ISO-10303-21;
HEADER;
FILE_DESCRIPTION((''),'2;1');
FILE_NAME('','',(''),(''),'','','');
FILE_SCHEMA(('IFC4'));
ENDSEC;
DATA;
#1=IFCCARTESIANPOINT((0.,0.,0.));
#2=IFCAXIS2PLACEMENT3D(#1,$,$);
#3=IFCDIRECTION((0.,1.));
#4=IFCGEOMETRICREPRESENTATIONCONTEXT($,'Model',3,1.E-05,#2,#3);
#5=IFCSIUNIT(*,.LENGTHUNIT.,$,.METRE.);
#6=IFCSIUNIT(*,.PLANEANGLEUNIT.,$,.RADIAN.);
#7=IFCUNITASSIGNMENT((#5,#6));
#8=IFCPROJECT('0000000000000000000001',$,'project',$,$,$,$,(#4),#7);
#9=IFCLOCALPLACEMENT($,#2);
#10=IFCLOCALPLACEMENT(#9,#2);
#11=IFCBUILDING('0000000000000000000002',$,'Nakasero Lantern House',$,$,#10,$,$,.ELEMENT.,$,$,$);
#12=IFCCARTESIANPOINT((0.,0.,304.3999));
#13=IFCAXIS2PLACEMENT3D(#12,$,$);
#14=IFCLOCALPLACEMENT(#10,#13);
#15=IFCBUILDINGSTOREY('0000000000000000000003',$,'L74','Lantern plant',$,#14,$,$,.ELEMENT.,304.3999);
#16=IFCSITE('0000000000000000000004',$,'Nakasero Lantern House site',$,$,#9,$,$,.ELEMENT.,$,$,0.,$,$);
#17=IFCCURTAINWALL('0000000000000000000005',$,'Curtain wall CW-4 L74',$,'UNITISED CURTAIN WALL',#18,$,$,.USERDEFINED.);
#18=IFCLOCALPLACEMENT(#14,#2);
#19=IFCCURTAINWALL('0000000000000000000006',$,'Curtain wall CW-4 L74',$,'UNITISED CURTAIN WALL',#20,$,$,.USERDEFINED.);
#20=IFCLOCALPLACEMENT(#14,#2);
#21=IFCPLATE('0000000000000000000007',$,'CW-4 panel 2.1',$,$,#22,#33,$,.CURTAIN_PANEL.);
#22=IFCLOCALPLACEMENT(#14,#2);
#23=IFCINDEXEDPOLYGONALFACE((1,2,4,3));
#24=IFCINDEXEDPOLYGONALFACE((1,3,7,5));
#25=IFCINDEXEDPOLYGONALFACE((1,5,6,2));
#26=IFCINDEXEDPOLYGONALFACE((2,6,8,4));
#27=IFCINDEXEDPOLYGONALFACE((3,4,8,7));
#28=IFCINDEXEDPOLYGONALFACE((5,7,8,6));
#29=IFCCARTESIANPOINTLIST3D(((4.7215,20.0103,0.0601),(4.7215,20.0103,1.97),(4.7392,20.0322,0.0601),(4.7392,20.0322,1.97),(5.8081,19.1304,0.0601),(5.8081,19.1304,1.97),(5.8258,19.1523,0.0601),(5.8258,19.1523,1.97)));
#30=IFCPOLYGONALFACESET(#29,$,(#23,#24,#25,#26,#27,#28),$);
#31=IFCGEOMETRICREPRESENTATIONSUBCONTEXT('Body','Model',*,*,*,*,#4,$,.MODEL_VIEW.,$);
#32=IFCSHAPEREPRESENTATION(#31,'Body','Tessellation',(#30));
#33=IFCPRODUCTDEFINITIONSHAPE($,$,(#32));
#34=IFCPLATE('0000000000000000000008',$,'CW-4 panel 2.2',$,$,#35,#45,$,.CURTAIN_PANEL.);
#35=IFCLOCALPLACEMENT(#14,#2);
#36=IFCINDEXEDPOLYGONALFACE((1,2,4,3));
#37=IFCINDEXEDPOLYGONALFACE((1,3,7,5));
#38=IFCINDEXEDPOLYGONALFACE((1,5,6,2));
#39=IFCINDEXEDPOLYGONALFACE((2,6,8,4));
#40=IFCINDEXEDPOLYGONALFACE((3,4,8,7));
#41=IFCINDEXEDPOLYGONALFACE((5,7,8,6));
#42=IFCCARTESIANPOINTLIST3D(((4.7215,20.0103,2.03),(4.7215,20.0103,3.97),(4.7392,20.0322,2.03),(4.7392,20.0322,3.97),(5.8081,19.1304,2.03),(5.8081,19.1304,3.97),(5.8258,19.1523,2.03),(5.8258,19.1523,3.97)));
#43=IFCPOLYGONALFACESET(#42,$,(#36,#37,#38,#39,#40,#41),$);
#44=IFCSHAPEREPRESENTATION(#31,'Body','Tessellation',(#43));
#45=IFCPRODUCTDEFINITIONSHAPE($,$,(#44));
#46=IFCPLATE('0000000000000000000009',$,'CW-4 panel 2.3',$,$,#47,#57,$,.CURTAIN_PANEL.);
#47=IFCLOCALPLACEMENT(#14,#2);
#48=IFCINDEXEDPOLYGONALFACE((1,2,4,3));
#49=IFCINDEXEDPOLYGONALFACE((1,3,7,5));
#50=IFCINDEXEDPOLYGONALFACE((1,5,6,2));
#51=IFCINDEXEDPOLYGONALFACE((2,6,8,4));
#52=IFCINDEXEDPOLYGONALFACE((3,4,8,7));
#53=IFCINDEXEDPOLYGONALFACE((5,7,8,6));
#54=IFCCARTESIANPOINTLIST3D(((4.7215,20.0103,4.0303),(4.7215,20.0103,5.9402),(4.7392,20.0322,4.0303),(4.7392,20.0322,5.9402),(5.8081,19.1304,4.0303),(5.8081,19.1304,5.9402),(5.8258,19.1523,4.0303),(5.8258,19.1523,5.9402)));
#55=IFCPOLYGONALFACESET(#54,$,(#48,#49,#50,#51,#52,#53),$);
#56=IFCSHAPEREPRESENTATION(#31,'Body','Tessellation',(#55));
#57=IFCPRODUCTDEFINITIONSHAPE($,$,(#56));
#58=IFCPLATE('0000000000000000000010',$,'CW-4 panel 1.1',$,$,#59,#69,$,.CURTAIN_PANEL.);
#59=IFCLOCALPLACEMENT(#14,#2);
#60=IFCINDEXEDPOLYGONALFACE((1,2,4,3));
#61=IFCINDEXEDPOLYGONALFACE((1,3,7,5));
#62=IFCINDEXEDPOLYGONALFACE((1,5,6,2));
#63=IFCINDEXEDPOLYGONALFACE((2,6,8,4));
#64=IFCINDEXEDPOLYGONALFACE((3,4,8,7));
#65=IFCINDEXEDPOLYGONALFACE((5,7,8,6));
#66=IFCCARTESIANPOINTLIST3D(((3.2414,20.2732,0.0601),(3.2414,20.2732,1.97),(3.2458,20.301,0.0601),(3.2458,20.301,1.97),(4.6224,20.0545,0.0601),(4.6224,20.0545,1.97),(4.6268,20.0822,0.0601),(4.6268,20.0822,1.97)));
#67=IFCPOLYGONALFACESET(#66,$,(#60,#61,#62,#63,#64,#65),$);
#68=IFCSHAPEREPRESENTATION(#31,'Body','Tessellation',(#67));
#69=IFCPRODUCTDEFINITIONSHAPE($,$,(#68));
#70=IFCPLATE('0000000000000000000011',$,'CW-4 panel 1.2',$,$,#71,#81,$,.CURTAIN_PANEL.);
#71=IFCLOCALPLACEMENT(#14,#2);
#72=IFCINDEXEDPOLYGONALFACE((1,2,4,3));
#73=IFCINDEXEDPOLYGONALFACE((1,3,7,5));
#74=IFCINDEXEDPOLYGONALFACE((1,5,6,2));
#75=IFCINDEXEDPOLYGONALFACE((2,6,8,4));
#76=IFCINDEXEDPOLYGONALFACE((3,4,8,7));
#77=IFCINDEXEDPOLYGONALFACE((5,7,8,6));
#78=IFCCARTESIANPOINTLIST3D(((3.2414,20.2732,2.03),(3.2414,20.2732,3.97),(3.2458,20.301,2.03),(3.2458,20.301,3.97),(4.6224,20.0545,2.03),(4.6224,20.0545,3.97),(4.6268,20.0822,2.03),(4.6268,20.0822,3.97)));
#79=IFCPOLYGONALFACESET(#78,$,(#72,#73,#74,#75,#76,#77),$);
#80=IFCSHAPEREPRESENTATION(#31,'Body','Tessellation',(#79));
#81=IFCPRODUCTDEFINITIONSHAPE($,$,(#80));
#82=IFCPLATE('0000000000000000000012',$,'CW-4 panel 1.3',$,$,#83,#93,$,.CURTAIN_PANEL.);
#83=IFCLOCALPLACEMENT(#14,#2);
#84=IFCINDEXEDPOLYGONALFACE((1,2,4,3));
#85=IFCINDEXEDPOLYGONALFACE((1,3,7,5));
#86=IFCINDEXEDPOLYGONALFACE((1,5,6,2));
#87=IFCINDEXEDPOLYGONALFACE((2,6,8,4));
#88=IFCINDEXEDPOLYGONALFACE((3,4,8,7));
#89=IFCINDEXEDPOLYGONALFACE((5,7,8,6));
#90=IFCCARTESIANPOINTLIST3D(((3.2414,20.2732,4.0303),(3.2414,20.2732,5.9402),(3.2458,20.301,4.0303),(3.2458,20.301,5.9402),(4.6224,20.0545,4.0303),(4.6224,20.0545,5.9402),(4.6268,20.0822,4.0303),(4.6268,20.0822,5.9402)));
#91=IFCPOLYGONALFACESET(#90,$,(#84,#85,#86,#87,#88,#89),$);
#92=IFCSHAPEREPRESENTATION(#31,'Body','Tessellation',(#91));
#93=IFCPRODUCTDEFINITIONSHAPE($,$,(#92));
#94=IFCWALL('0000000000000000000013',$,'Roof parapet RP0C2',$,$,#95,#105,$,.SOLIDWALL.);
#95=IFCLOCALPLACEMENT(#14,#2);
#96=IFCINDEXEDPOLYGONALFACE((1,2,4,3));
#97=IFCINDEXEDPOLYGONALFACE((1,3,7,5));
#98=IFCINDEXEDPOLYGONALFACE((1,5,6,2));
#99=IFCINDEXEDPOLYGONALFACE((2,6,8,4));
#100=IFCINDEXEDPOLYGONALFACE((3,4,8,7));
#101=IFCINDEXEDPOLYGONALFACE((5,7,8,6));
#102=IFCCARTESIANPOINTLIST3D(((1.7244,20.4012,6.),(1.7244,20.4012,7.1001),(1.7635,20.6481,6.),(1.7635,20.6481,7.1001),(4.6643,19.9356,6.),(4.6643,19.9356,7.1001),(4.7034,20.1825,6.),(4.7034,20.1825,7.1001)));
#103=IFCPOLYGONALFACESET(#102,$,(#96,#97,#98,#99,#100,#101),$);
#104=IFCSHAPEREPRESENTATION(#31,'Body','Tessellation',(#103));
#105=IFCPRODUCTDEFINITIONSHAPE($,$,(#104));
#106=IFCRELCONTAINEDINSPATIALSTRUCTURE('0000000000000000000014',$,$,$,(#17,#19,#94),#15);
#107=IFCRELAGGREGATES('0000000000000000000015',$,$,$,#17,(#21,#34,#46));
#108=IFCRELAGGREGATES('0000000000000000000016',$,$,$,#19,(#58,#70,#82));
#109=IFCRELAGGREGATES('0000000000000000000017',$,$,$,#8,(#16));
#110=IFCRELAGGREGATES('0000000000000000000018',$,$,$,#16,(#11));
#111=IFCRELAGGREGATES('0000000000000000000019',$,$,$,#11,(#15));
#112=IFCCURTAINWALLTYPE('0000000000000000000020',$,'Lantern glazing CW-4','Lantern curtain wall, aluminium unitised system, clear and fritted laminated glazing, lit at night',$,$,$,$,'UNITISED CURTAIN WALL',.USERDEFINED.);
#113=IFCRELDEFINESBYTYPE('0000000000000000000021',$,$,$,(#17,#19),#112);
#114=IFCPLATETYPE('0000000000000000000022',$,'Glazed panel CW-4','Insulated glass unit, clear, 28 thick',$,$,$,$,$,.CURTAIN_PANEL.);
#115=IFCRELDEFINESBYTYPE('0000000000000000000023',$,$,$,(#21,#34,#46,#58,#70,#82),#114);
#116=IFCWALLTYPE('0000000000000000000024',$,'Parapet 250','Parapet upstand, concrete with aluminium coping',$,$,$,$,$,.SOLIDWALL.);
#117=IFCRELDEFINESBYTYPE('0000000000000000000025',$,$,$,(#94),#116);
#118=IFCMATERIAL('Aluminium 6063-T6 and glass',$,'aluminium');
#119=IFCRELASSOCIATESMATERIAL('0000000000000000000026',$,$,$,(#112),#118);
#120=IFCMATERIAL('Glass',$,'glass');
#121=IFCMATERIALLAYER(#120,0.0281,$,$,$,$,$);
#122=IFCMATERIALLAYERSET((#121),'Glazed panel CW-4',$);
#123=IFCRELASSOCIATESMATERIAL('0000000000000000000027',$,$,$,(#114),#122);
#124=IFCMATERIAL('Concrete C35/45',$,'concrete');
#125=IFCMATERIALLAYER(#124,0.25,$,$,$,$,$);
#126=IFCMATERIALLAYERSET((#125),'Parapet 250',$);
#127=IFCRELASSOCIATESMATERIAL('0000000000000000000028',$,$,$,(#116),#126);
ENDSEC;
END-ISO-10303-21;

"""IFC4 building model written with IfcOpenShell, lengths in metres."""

from ifc_helpers import new_model, si_unit, direction, frame, frame_2d, origin, origin_2d, place, context, subcontext, project, spatial, rectangle, extrude, material, layer, layer_set, type_object, element, aggregate, save


model = new_model("IFC4")

# Units and contexts
model_context = context("Model", 3, precision=1e-05, world=origin(), true_north=direction((0.0, 1.0)))
body_context = subcontext(model_context, "Body", "Model", "MODEL_VIEW")
ifc_project = project(units=[si_unit("LENGTHUNIT", "METRE"), si_unit("PLANEANGLEUNIT", "RADIAN")], contexts=[model_context])

# Site, building, storey
site_placement = place(None, origin())
site = spatial("IfcSite", under=ifc_project, at=site_placement, Name="Nakasero Lantern House site", CompositionType="ELEMENT", RefElevation=0.0)
building_placement = place(site_placement, origin())
building = spatial("IfcBuilding", under=site, at=building_placement, Name="Nakasero Lantern House", CompositionType="ELEMENT")
storey_placement = place(building_placement, frame((0.0, 0.0, 304.3999)))
storey = spatial("IfcBuildingStorey", under=building, at=storey_placement, Name="L74", Description="Lantern plant", CompositionType="ELEMENT", Elevation=304.3999)

# Curtain walls
ifc_material_1 = material(Name="Aluminium 6063-T6 and glass", Category="aluminium")
curtain_wall_type = type_object("IfcCurtainWallType", Name="Lantern glazing CW-4", Description="Lantern curtain wall, aluminium unitised system, clear and fritted laminated glazing, lit at night", ElementType="UNITISED CURTAIN WALL", PredefinedType="USERDEFINED", material=ifc_material_1)
curtain_wall_1_placement = place(storey_placement, origin())
curtain_wall_1 = element("IfcCurtainWall", 1, at=curtain_wall_1_placement, inside=storey, type_object=curtain_wall_type, Name="Curtain wall CW-4 L74", ObjectType="UNITISED CURTAIN WALL", PredefinedType="USERDEFINED")
curtain_wall_2_placement = place(storey_placement, origin())
curtain_wall_2 = element("IfcCurtainWall", 2, at=curtain_wall_2_placement, inside=storey, type_object=curtain_wall_type, Name="Curtain wall CW-4 L74", ObjectType="UNITISED CURTAIN WALL", PredefinedType="USERDEFINED")

# Plates
ifc_material_2 = material(Name="Glass", Category="glass")
ifc_layer_1 = layer(ifc_material_2, 0.0281)
ifc_layer_set_1 = layer_set([ifc_layer_1], Name="Glazed panel CW-4")
plate_type = type_object("IfcPlateType", Name="Glazed panel CW-4", Description="Insulated glass unit, clear, 28 thick", PredefinedType="CURTAIN_PANEL", material=ifc_layer_set_1)
plate_1_placement = place(storey_placement, frame((5.2737, 19.5813, 0.0601), z_axis=(0.0, 0.0, 1.0), x_axis=(-0.777146, 0.62932, 0.0)))
plate_1 = element("IfcPlate", 3, at=plate_1_placement, type_object=plate_type, Name="CW-4 panel 2.1", PredefinedType="CURTAIN_PANEL", context=body_context, shape_type="SweptSolid", body=[
    extrude(rectangle(XDim=1.3982, YDim=0.0281, at=origin_2d()), origin(), (0.0, 0.0, 1.0), 1.9099),
])
plate_2_placement = place(storey_placement, frame((5.2737, 19.5813, 2.03), z_axis=(0.0, 0.0, 1.0), x_axis=(-0.777146, 0.62932, 0.0)))
plate_2 = element("IfcPlate", 4, at=plate_2_placement, type_object=plate_type, Name="CW-4 panel 2.2", PredefinedType="CURTAIN_PANEL", context=body_context, shape_type="SweptSolid", body=[
    extrude(rectangle(XDim=1.3982, YDim=0.0281, at=origin_2d()), origin(), (0.0, 0.0, 1.0), 1.9399),
])
plate_3_placement = place(storey_placement, frame((5.2737, 19.5813, 4.0303), z_axis=(0.0, 0.0, 1.0), x_axis=(-0.777146, 0.62932, 0.0)))
plate_3 = element("IfcPlate", 5, at=plate_3_placement, type_object=plate_type, Name="CW-4 panel 2.3", PredefinedType="CURTAIN_PANEL", context=body_context, shape_type="SweptSolid", body=[
    extrude(rectangle(XDim=1.3982, YDim=0.0281, at=origin_2d()), origin(), (0.0, 0.0, 1.0), 1.9099),
])
aggregate(curtain_wall_1, [plate_1, plate_2, plate_3])
plate_4_placement = place(storey_placement, frame((3.9341, 20.1777, 0.0601), z_axis=(0.0, 0.0, 1.0), x_axis=(-0.987688, 0.156434, 0.0)))
plate_4 = element("IfcPlate", 6, at=plate_4_placement, type_object=plate_type, Name="CW-4 panel 1.1", PredefinedType="CURTAIN_PANEL", context=body_context, shape_type="SweptSolid", body=[
    extrude(rectangle(XDim=1.3982, YDim=0.0281, at=origin_2d()), origin(), (0.0, 0.0, 1.0), 1.9099),
])
plate_5_placement = place(storey_placement, frame((3.9341, 20.1777, 2.03), z_axis=(0.0, 0.0, 1.0), x_axis=(-0.987688, 0.156434, 0.0)))
plate_5 = element("IfcPlate", 7, at=plate_5_placement, type_object=plate_type, Name="CW-4 panel 1.2", PredefinedType="CURTAIN_PANEL", context=body_context, shape_type="SweptSolid", body=[
    extrude(rectangle(XDim=1.3982, YDim=0.0281, at=origin_2d()), origin(), (0.0, 0.0, 1.0), 1.9399),
])
plate_6_placement = place(storey_placement, frame((3.9341, 20.1777, 4.0303), z_axis=(0.0, 0.0, 1.0), x_axis=(-0.987688, 0.156434, 0.0)))
plate_6 = element("IfcPlate", 8, at=plate_6_placement, type_object=plate_type, Name="CW-4 panel 1.3", PredefinedType="CURTAIN_PANEL", context=body_context, shape_type="SweptSolid", body=[
    extrude(rectangle(XDim=1.3982, YDim=0.0281, at=origin_2d()), origin(), (0.0, 0.0, 1.0), 1.9099),
])
aggregate(curtain_wall_2, [plate_4, plate_5, plate_6])

# Wall
ifc_material_3 = material(Name="Concrete C35/45", Category="concrete")
ifc_layer_2 = layer(ifc_material_3, 0.25)
ifc_layer_set_2 = layer_set([ifc_layer_2], Name="Parapet 250")
wall_type = type_object("IfcWallType", Name="Parapet 250", Description="Parapet upstand, concrete with aluminium coping", PredefinedType="SOLIDWALL", material=ifc_layer_set_2)
wall_placement = place(storey_placement, frame((4.6838, 20.0591, 6.0), z_axis=(0.0, 0.0, 1.0), x_axis=(-0.987692, 0.156413, 0.0)))
element("IfcWall", 9, at=wall_placement, inside=storey, type_object=wall_type, Name="Roof parapet RP0C2", PredefinedType="SOLIDWALL", context=body_context, shape_type="SweptSolid", body=[
    extrude(rectangle(XDim=2.9766, YDim=0.25, at=frame_2d((1.4883, 0.0))), origin(), (0.0, 0.0, 1.0), 1.1001),
])

save(model, "model.ifc")
